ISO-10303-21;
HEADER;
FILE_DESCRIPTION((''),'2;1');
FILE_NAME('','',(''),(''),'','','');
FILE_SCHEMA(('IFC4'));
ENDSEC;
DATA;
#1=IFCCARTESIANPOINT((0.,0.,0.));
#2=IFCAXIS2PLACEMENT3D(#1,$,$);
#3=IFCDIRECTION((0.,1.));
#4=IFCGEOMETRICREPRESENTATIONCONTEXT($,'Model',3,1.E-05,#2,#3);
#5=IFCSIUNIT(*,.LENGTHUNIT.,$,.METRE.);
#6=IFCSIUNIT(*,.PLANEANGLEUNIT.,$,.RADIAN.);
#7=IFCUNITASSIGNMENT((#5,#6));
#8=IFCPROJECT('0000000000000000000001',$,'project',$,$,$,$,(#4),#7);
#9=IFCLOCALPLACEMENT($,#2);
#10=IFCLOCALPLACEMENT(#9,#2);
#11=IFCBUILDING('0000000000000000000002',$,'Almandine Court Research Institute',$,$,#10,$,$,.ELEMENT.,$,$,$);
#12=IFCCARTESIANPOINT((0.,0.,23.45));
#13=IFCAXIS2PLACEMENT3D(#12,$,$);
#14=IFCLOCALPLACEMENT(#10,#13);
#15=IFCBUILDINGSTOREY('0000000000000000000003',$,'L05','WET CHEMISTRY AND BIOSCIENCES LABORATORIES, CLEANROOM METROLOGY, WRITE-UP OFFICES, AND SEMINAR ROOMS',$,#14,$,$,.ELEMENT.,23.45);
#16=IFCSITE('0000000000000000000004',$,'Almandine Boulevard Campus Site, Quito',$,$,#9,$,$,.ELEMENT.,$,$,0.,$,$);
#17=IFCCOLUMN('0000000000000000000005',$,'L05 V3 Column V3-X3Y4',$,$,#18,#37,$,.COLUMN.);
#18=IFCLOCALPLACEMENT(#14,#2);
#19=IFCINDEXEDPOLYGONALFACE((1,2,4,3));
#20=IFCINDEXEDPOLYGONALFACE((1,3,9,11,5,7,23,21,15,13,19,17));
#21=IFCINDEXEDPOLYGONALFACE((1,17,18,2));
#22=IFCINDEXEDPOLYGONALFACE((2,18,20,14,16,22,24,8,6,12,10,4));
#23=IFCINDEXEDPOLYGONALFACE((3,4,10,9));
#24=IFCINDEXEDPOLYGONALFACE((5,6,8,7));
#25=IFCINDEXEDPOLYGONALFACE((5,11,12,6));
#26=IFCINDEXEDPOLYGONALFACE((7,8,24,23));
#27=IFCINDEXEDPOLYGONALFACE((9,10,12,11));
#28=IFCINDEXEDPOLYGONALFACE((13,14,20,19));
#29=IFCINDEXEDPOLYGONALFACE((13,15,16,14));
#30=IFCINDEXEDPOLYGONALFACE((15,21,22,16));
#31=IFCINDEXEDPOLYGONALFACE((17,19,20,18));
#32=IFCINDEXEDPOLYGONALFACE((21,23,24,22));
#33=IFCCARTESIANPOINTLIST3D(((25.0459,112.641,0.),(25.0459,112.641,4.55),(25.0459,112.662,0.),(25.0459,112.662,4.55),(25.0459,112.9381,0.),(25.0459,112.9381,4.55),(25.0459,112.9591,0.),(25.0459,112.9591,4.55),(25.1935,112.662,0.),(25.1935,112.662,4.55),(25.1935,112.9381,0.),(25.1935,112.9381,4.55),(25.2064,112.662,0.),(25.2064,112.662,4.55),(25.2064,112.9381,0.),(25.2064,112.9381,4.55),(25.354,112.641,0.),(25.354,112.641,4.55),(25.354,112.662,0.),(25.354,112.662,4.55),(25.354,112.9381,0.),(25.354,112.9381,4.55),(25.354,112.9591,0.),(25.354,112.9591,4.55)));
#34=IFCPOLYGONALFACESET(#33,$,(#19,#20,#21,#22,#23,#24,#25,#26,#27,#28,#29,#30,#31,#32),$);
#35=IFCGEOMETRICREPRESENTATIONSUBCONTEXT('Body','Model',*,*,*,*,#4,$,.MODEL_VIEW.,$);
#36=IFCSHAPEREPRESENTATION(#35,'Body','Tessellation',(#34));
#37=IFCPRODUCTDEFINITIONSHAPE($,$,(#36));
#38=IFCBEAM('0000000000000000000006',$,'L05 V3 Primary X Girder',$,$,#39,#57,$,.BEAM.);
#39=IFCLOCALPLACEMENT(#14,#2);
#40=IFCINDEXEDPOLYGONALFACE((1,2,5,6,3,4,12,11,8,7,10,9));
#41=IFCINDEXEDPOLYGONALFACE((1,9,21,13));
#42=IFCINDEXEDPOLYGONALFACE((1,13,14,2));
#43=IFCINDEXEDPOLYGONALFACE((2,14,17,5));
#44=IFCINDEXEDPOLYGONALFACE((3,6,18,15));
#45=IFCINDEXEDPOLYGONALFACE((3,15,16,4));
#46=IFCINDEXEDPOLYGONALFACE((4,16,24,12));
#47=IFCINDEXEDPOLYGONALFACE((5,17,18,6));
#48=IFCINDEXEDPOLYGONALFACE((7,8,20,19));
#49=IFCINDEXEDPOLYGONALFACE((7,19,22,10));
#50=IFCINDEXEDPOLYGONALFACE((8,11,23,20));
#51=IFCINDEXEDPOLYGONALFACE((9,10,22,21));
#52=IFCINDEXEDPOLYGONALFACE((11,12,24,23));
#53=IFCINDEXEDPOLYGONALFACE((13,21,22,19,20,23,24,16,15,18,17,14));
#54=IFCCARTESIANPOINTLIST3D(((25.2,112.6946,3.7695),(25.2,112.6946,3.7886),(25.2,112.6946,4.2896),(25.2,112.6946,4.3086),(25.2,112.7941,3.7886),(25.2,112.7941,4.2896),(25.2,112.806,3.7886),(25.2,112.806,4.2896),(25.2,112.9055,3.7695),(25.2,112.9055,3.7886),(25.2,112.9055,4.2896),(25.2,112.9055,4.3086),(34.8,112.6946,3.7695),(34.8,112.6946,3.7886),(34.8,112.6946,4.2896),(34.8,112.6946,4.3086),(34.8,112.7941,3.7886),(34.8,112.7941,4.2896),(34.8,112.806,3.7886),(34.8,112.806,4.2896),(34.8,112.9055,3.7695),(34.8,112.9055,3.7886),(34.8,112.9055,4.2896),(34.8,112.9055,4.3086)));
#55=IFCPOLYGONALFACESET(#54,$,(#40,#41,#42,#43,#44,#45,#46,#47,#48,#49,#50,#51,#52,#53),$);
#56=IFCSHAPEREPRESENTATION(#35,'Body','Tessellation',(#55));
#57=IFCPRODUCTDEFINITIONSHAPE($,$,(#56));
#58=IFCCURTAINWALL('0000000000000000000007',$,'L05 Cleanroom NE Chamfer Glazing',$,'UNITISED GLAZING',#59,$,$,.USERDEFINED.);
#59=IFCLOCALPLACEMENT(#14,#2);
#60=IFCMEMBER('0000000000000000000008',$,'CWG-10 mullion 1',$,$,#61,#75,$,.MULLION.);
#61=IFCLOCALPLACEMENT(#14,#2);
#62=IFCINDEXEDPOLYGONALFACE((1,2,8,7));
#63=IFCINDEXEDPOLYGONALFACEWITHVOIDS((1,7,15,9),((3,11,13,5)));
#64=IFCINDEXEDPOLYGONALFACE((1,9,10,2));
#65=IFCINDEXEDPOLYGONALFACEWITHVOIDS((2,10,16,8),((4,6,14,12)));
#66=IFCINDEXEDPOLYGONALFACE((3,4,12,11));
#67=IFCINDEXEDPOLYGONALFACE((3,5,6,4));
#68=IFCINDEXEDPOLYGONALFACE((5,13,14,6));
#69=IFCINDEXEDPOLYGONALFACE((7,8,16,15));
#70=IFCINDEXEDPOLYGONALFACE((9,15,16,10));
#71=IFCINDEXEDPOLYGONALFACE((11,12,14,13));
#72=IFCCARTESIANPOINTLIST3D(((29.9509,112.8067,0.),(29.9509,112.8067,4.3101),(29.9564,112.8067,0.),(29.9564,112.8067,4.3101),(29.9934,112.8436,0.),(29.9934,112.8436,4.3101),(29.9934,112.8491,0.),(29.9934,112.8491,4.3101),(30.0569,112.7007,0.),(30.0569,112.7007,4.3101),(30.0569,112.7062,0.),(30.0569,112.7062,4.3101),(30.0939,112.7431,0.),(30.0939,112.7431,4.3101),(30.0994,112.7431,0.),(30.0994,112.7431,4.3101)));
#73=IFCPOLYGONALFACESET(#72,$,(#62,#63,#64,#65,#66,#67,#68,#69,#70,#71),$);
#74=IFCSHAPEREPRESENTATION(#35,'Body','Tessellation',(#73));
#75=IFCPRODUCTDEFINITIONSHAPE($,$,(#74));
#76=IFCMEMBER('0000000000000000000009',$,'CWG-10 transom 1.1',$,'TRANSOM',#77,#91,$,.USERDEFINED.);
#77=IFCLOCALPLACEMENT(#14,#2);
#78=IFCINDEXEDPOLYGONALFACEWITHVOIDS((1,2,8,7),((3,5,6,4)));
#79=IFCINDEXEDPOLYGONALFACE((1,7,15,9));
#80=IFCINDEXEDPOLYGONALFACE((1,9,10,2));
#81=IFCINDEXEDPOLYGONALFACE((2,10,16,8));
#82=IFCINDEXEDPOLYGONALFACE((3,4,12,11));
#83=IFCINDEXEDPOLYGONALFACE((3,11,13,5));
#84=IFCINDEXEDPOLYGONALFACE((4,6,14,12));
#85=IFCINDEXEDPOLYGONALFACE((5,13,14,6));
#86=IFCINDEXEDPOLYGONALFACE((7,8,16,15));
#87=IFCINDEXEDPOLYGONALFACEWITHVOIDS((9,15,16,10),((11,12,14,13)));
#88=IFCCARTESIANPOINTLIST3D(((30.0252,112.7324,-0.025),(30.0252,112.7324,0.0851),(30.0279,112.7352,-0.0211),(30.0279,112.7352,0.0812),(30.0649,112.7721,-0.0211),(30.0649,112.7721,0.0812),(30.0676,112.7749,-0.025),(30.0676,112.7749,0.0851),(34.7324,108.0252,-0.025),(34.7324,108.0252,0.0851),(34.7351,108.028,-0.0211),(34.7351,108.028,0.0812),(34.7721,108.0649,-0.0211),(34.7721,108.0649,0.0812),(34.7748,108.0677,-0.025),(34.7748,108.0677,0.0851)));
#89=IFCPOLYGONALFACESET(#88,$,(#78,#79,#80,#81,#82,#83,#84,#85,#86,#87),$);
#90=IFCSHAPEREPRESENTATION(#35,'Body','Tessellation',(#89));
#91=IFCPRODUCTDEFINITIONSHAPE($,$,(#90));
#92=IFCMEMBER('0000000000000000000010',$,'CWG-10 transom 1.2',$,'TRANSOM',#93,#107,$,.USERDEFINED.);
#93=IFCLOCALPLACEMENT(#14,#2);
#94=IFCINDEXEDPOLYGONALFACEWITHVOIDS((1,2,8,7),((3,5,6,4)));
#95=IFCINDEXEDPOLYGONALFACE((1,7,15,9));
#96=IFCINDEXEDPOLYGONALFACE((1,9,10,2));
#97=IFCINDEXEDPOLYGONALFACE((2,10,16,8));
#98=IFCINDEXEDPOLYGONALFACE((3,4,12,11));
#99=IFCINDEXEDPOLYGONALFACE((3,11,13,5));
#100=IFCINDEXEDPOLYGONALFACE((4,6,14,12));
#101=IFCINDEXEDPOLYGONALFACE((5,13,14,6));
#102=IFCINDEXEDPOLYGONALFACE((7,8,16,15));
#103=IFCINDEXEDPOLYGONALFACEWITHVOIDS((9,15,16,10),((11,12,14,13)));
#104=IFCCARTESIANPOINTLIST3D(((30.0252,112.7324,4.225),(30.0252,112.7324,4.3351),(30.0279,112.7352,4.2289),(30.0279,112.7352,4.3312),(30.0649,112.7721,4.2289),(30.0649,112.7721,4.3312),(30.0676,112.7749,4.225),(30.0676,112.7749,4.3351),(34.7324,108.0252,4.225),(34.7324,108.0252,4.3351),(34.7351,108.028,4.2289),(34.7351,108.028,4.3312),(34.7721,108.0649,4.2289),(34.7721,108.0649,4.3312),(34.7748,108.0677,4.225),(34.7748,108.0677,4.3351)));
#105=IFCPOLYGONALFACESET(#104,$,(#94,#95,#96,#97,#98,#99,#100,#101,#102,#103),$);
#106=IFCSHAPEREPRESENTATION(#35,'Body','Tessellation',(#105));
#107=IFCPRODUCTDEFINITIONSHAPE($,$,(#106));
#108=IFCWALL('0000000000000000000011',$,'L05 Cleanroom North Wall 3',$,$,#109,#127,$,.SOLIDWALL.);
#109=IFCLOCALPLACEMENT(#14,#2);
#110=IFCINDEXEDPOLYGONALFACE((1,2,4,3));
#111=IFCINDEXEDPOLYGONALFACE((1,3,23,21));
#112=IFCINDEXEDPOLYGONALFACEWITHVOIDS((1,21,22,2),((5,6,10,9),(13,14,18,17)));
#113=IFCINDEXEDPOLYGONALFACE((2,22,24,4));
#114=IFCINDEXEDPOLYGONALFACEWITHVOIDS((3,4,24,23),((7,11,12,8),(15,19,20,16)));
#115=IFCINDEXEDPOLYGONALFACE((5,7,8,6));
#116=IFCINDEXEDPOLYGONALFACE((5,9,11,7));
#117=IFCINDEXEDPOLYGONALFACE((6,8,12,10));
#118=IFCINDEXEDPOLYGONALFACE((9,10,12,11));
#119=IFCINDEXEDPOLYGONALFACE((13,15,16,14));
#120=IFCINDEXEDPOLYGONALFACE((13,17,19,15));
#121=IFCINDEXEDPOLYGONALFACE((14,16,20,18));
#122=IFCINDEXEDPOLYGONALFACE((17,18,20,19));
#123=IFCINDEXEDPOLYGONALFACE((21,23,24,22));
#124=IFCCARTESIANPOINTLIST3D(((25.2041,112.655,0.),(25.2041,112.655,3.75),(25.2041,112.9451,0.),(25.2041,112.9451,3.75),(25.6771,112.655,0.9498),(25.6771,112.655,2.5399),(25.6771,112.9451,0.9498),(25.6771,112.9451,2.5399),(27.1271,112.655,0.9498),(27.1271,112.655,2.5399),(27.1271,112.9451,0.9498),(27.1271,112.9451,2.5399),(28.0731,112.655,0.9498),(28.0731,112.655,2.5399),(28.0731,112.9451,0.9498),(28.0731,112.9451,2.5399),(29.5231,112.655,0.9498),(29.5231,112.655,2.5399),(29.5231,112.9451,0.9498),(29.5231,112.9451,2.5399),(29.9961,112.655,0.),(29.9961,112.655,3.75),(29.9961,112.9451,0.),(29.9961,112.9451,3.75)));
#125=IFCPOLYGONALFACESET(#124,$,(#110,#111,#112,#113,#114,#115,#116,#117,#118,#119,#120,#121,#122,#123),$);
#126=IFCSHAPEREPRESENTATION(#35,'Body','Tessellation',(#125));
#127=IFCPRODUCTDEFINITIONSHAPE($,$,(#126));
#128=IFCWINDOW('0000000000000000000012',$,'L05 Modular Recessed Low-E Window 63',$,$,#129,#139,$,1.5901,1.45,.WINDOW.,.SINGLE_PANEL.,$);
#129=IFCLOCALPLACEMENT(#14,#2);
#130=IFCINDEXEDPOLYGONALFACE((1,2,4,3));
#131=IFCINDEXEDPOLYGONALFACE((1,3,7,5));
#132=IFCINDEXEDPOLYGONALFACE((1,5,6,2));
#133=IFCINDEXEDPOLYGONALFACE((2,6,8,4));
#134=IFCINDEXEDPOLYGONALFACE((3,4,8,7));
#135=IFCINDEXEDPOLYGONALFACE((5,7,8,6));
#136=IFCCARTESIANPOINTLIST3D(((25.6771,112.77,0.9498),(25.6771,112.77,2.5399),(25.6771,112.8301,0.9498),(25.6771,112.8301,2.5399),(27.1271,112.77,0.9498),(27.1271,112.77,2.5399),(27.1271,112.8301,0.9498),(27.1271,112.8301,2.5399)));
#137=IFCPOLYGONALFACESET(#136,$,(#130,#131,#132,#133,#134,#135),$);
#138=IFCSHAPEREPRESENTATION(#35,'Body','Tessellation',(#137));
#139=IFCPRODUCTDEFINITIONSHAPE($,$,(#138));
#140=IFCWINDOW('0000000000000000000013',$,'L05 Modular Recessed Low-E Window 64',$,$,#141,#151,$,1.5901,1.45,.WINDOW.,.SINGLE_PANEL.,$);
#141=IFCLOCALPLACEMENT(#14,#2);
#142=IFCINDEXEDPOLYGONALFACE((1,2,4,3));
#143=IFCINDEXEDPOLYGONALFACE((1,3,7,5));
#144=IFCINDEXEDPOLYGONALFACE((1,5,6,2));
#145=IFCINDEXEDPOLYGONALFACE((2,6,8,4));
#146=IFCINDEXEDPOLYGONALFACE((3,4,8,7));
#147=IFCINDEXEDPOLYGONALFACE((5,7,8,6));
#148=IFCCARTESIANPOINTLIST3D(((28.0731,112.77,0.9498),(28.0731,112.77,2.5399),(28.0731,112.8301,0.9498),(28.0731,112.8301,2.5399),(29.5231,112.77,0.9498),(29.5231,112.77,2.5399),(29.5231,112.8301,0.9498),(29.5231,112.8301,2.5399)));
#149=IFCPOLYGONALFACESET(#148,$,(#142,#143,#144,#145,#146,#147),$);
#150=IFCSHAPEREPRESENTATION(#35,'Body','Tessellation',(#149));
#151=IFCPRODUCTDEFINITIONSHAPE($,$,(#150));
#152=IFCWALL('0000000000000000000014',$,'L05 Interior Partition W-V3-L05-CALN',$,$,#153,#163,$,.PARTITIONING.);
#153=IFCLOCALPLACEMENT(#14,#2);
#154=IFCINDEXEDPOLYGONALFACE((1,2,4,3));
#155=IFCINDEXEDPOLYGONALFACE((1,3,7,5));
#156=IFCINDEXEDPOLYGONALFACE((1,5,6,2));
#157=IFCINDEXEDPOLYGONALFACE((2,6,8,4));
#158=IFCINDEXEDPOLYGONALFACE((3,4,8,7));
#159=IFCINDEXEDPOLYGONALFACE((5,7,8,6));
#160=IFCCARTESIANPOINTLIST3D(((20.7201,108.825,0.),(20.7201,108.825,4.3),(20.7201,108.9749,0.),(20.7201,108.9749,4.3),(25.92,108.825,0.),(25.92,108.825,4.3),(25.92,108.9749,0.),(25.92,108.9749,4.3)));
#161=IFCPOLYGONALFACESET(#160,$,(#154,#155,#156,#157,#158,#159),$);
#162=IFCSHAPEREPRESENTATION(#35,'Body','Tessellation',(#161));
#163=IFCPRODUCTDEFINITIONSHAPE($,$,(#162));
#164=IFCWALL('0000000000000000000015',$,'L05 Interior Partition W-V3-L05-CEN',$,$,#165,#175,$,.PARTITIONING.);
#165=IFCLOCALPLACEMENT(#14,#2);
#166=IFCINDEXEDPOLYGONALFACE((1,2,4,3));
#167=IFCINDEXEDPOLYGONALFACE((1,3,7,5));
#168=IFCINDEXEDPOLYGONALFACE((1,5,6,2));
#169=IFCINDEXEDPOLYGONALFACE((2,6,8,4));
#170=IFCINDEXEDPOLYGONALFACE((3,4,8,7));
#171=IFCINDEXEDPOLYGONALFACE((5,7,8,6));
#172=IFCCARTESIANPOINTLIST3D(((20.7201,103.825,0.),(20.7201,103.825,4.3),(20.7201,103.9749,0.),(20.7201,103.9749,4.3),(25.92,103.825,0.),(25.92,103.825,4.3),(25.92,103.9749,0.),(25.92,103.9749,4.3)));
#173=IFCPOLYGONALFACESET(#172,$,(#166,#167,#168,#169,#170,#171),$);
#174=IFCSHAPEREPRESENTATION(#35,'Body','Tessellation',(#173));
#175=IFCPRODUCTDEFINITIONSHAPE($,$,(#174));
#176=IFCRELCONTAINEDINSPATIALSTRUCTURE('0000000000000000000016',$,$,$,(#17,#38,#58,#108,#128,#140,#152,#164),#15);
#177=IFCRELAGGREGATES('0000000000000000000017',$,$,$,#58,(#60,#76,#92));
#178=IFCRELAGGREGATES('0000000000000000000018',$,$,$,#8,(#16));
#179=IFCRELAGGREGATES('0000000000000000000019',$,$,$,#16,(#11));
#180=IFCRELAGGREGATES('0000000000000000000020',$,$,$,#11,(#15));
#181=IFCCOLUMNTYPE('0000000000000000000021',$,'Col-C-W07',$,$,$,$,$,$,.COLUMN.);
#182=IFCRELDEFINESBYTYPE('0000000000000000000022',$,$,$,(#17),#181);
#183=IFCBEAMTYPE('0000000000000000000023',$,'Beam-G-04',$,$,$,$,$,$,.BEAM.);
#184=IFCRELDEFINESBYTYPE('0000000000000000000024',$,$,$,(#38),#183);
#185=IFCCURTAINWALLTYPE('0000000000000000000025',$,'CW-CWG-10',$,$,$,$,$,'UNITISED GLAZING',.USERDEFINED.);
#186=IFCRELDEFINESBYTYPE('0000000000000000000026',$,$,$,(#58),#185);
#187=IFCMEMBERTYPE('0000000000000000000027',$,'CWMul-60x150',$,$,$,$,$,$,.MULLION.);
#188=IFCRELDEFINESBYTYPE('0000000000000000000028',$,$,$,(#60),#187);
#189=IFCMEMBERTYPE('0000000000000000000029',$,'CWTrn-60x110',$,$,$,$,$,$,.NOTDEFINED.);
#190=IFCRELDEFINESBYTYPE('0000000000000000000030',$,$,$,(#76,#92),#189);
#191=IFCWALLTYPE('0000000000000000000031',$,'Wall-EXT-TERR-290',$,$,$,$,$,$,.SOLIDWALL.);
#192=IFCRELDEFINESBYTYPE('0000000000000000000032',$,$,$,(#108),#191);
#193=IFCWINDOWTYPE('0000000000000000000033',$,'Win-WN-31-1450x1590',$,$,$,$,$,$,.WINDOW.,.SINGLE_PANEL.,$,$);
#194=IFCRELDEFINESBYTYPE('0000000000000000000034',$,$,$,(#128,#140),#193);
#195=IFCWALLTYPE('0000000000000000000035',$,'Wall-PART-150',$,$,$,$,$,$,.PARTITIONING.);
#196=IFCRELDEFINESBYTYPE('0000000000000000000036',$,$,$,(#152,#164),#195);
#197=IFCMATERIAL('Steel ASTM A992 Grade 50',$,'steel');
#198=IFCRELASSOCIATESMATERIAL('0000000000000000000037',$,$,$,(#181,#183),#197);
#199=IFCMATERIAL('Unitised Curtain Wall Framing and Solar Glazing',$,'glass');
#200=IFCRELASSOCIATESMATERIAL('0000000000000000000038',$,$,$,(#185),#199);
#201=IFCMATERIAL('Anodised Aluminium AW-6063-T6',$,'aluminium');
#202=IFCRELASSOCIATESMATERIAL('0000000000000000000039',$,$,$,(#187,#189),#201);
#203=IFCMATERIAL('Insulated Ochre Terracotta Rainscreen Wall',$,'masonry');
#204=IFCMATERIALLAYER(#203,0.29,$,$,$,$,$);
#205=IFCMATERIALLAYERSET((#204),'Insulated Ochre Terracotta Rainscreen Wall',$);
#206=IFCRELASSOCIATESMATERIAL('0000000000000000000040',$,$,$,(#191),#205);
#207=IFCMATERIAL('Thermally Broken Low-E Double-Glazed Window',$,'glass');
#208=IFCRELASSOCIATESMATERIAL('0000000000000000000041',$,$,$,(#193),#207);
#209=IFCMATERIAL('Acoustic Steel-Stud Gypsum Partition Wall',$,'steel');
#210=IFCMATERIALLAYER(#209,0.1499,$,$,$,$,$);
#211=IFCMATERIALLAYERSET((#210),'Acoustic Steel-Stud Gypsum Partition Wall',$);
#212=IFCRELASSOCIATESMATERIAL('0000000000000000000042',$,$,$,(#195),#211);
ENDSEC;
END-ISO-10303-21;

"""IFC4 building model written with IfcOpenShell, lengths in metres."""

from ifc_helpers import new_model, si_unit, direction, frame, frame_2d, origin, origin_2d, place, context, subcontext, project, spatial, rectangle, hollow_rectangle, i_section, extrude, material, layer, layer_set, material_profile, profile_set, type_object, element, fill, aggregate, save


model = new_model("IFC4")

# Units and contexts
model_context = context("Model", 3, precision=1e-05, world=origin(), true_north=direction((0.0, 1.0)))
body_context = subcontext(model_context, "Body", "Model", "MODEL_VIEW")
ifc_project = project(units=[si_unit("LENGTHUNIT", "METRE"), si_unit("PLANEANGLEUNIT", "RADIAN")], contexts=[model_context])

# Site, building, storey
site_placement = place(None, origin())
site = spatial("IfcSite", under=ifc_project, at=site_placement, Name="Almandine Boulevard Campus Site, Quito", CompositionType="ELEMENT", RefElevation=0.0)
building_placement = place(site_placement, origin())
building = spatial("IfcBuilding", under=site, at=building_placement, Name="Almandine Court Research Institute", CompositionType="ELEMENT")
storey_placement = place(building_placement, frame((0.0, 0.0, 23.45)))
storey = spatial("IfcBuildingStorey", under=building, at=storey_placement, Name="L05", Description="WET CHEMISTRY AND BIOSCIENCES LABORATORIES, CLEANROOM METROLOGY, WRITE-UP OFFICES, AND SEMINAR ROOMS", CompositionType="ELEMENT", Elevation=23.45)

# Column
ifc_material_1 = material(Name="Steel ASTM A992 Grade 50", Category="steel")
ifc_material_profile_1 = material_profile(ifc_material_1, i_section(OverallWidth=0.3081, OverallDepth=0.3181, WebThickness=0.0129, FlangeThickness=0.021, at=origin_2d()), Name="W310x129")
ifc_profile_set_1 = profile_set([ifc_material_profile_1], Name="Steel ASTM A992 Grade 50")
column_type = type_object("IfcColumnType", Name="Col-C-W07", PredefinedType="COLUMN", material=ifc_profile_set_1)
column_placement = place(storey_placement, frame((25.2, 112.8, 0.0), z_axis=(0.0, 0.0, 1.0), x_axis=(1.0, 0.0, 0.0)))
element("IfcColumn", 1, at=column_placement, inside=storey, type_object=column_type, Name="L05 V3 Column V3-X3Y4", PredefinedType="COLUMN", context=body_context, shape_type="SweptSolid", body=[
    extrude(i_section(OverallWidth=0.3081, OverallDepth=0.3181, WebThickness=0.0129, FlangeThickness=0.021, at=origin_2d()), origin(), (0.0, 0.0, 1.0), 4.55),
])

# Beam
ifc_material_profile_2 = material_profile(ifc_material_1, i_section(OverallWidth=0.2109, OverallDepth=0.5391, WebThickness=0.012, FlangeThickness=0.019, at=origin_2d()), Name="W530x109")
ifc_profile_set_2 = profile_set([ifc_material_profile_2], Name="Steel ASTM A992 Grade 50")
beam_type = type_object("IfcBeamType", Name="Beam-G-04", PredefinedType="BEAM", material=ifc_profile_set_2)
beam_placement = place(storey_placement, frame((25.2, 112.8, 4.0391), z_axis=(1.0, 0.0, 0.0), x_axis=(0.0, 1.0, 0.0)))
element("IfcBeam", 2, at=beam_placement, inside=storey, type_object=beam_type, Name="L05 V3 Primary X Girder", PredefinedType="BEAM", context=body_context, shape_type="SweptSolid", body=[
    extrude(i_section(OverallWidth=0.2109, OverallDepth=0.5391, WebThickness=0.012, FlangeThickness=0.019, at=origin_2d()), origin(), (0.0, 0.0, 1.0), 9.6001),
])

# Curtain wall, members
ifc_material_2 = material(Name="Unitised Curtain Wall Framing and Solar Glazing", Category="glass")
curtain_wall_type = type_object("IfcCurtainWallType", Name="CW-CWG-10", ElementType="UNITISED GLAZING", PredefinedType="USERDEFINED", material=ifc_material_2)
curtain_wall_placement = place(storey_placement, origin())
curtain_wall = element("IfcCurtainWall", 3, at=curtain_wall_placement, inside=storey, type_object=curtain_wall_type, Name="L05 Cleanroom NE Chamfer Glazing", ObjectType="UNITISED GLAZING", PredefinedType="USERDEFINED")
ifc_material_3 = material(Name="Anodised Aluminium AW-6063-T6", Category="aluminium")
ifc_material_profile_3 = material_profile(ifc_material_3, hollow_rectangle(XDim=0.0601, YDim=0.1499, WallThickness=0.0039, at=origin_2d()), Name="ALU RHS 60x150x4")
ifc_profile_set_3 = profile_set([ifc_material_profile_3], Name="Anodised Aluminium AW-6063-T6")
member_type_1 = type_object("IfcMemberType", Name="CWMul-60x150", PredefinedType="MULLION", material=ifc_profile_set_3)
member_1_placement = place(storey_placement, frame((30.0251, 112.7749, 0.0), z_axis=(0.0, 0.0, 1.0), x_axis=(0.707107, 0.707107, 0.0)))
member_1 = element("IfcMember", 4, at=member_1_placement, type_object=member_type_1, Name="CWG-10 mullion 1", PredefinedType="MULLION", context=body_context, shape_type="SweptSolid", body=[
    extrude(hollow_rectangle(XDim=0.0601, YDim=0.1499, WallThickness=0.0039, at=origin_2d()), origin(), (0.0, 0.0, 1.0), 4.3101),
])
ifc_material_profile_4 = material_profile(ifc_material_3, hollow_rectangle(XDim=0.0601, YDim=0.1101, WallThickness=0.0039, at=origin_2d()), Name="ALU RHS 60x110x4")
ifc_profile_set_4 = profile_set([ifc_material_profile_4], Name="Anodised Aluminium AW-6063-T6")
member_type_2 = type_object("IfcMemberType", Name="CWTrn-60x110", PredefinedType="NOTDEFINED", material=ifc_profile_set_4)
member_2_placement = place(storey_placement, frame((30.0464, 112.7537, 0.03), z_axis=(0.707107, -0.707107, 0.0), x_axis=(0.707107, 0.707107, 0.0)))
member_2 = element("IfcMember", 5, at=member_2_placement, type_object=member_type_2, Name="CWG-10 transom 1.1", ObjectType="TRANSOM", PredefinedType="USERDEFINED", context=body_context, shape_type="SweptSolid", body=[
    extrude(hollow_rectangle(XDim=0.0601, YDim=0.1101, WallThickness=0.0039, at=origin_2d()), origin(), (0.0, 0.0, 1.0), 6.657),
])
member_3_placement = place(storey_placement, frame((30.0464, 112.7537, 4.28), z_axis=(0.707107, -0.707107, 0.0), x_axis=(0.707107, 0.707107, 0.0)))
member_3 = element("IfcMember", 6, at=member_3_placement, type_object=member_type_2, Name="CWG-10 transom 1.2", ObjectType="TRANSOM", PredefinedType="USERDEFINED", context=body_context, shape_type="SweptSolid", body=[
    extrude(hollow_rectangle(XDim=0.0601, YDim=0.1101, WallThickness=0.0039, at=origin_2d()), origin(), (0.0, 0.0, 1.0), 6.657),
])
aggregate(curtain_wall, [member_1, member_2, member_3])

# Wall, openings, windows
ifc_material_4 = material(Name="Insulated Ochre Terracotta Rainscreen Wall", Category="masonry")
ifc_layer_1 = layer(ifc_material_4, 0.29)
ifc_layer_set_1 = layer_set([ifc_layer_1], Name="Insulated Ochre Terracotta Rainscreen Wall")
wall_type_1 = type_object("IfcWallType", Name="Wall-EXT-TERR-290", PredefinedType="SOLIDWALL", material=ifc_layer_set_1)
wall_1_placement = place(storey_placement, frame((25.2041, 112.8, 0.0), z_axis=(0.0, 0.0, 1.0), x_axis=(1.0, 0.0, 0.0)))
wall_1 = element("IfcWall", 7, at=wall_1_placement, inside=storey, type_object=wall_type_1, Name="L05 Cleanroom North Wall 3", PredefinedType="SOLIDWALL", context=body_context, shape_type="SweptSolid", body=[
    extrude(rectangle(XDim=4.792, YDim=0.29, at=frame_2d((2.396, 0.0))), origin(), (0.0, 0.0, 1.0), 3.75),
])
opening_1_placement = place(wall_1_placement, frame((0.4729, 0.0, 0.95)))
opening_1 = element("IfcOpeningElement", 8, at=opening_1_placement, cuts=wall_1, PredefinedType="OPENING", context=body_context, shape_type="SweptSolid", body=[
    extrude(rectangle(XDim=1.45, YDim=1.5901, at=frame_2d((0.7251, 0.7949))), frame((0.0, 0.155, 0.0), z_axis=(0.0, -1.0, 0.0), x_axis=(1.0, 0.0, 0.0)), (0.0, 0.0, 1.0), 0.3101),
])
opening_2_placement = place(wall_1_placement, frame((2.8689, 0.0, 0.95)))
opening_2 = element("IfcOpeningElement", 9, at=opening_2_placement, cuts=wall_1, PredefinedType="OPENING", context=body_context, shape_type="SweptSolid", body=[
    extrude(rectangle(XDim=1.45, YDim=1.5901, at=frame_2d((0.7251, 0.7949))), frame((0.0, 0.155, 0.0), z_axis=(0.0, -1.0, 0.0), x_axis=(1.0, 0.0, 0.0)), (0.0, 0.0, 1.0), 0.3101),
])
ifc_material_5 = material(Name="Thermally Broken Low-E Double-Glazed Window", Category="glass")
window_type = type_object("IfcWindowType", Name="Win-WN-31-1450x1590", PartitioningType="SINGLE_PANEL", PredefinedType="WINDOW", material=ifc_material_5)
window_1_placement = place(opening_1_placement, origin())
window_1 = element("IfcWindow", 10, at=window_1_placement, inside=storey, type_object=window_type, Name="L05 Modular Recessed Low-E Window 63", OverallHeight=1.5901, OverallWidth=1.45, PartitioningType="SINGLE_PANEL", PredefinedType="WINDOW", context=body_context, shape_type="SweptSolid", body=[
    extrude(rectangle(XDim=1.45, YDim=1.5901, at=frame_2d((0.7251, 0.7949))), frame((0.0, 0.03, 0.0), z_axis=(0.0, -1.0, 0.0), x_axis=(1.0, 0.0, 0.0)), (0.0, 0.0, 1.0), 0.0601),
])
fill(opening_1, window_1)
window_2_placement = place(opening_2_placement, origin())
window_2 = element("IfcWindow", 11, at=window_2_placement, inside=storey, type_object=window_type, Name="L05 Modular Recessed Low-E Window 64", OverallHeight=1.5901, OverallWidth=1.45, PartitioningType="SINGLE_PANEL", PredefinedType="WINDOW", context=body_context, shape_type="SweptSolid", body=[
    extrude(rectangle(XDim=1.45, YDim=1.5901, at=frame_2d((0.7251, 0.7949))), frame((0.0, 0.03, 0.0), z_axis=(0.0, -1.0, 0.0), x_axis=(1.0, 0.0, 0.0)), (0.0, 0.0, 1.0), 0.0601),
])
fill(opening_2, window_2)

# Walls
ifc_material_6 = material(Name="Acoustic Steel-Stud Gypsum Partition Wall", Category="steel")
ifc_layer_2 = layer(ifc_material_6, 0.1499)
ifc_layer_set_2 = layer_set([ifc_layer_2], Name="Acoustic Steel-Stud Gypsum Partition Wall")
wall_type_2 = type_object("IfcWallType", Name="Wall-PART-150", PredefinedType="PARTITIONING", material=ifc_layer_set_2)
for number, where, z_axis, x_axis, name in (
    (12, (20.72, 108.8999, 0.0), (0.0, 0.0, 1.0), (1.0, 0.0, 0.0), "L05 Interior Partition W-V3-L05-CALN"),
    (13, (20.72, 103.8999, 0.0), (0.0, 0.0, 1.0), (1.0, 0.0, 0.0), "L05 Interior Partition W-V3-L05-CEN"),
):
    element("IfcWall", number, at=place(storey_placement, frame(where, z_axis=z_axis, x_axis=x_axis)), inside=storey, type_object=wall_type_2, Name=name, PredefinedType="PARTITIONING", context=body_context, shape_type="SweptSolid", body=[
        extrude(rectangle(XDim=5.2, YDim=0.1499, at=frame_2d((2.6001, 0.0))), origin(), (0.0, 0.0, 1.0), 4.3),
    ])

save(model, "model.ifc")
